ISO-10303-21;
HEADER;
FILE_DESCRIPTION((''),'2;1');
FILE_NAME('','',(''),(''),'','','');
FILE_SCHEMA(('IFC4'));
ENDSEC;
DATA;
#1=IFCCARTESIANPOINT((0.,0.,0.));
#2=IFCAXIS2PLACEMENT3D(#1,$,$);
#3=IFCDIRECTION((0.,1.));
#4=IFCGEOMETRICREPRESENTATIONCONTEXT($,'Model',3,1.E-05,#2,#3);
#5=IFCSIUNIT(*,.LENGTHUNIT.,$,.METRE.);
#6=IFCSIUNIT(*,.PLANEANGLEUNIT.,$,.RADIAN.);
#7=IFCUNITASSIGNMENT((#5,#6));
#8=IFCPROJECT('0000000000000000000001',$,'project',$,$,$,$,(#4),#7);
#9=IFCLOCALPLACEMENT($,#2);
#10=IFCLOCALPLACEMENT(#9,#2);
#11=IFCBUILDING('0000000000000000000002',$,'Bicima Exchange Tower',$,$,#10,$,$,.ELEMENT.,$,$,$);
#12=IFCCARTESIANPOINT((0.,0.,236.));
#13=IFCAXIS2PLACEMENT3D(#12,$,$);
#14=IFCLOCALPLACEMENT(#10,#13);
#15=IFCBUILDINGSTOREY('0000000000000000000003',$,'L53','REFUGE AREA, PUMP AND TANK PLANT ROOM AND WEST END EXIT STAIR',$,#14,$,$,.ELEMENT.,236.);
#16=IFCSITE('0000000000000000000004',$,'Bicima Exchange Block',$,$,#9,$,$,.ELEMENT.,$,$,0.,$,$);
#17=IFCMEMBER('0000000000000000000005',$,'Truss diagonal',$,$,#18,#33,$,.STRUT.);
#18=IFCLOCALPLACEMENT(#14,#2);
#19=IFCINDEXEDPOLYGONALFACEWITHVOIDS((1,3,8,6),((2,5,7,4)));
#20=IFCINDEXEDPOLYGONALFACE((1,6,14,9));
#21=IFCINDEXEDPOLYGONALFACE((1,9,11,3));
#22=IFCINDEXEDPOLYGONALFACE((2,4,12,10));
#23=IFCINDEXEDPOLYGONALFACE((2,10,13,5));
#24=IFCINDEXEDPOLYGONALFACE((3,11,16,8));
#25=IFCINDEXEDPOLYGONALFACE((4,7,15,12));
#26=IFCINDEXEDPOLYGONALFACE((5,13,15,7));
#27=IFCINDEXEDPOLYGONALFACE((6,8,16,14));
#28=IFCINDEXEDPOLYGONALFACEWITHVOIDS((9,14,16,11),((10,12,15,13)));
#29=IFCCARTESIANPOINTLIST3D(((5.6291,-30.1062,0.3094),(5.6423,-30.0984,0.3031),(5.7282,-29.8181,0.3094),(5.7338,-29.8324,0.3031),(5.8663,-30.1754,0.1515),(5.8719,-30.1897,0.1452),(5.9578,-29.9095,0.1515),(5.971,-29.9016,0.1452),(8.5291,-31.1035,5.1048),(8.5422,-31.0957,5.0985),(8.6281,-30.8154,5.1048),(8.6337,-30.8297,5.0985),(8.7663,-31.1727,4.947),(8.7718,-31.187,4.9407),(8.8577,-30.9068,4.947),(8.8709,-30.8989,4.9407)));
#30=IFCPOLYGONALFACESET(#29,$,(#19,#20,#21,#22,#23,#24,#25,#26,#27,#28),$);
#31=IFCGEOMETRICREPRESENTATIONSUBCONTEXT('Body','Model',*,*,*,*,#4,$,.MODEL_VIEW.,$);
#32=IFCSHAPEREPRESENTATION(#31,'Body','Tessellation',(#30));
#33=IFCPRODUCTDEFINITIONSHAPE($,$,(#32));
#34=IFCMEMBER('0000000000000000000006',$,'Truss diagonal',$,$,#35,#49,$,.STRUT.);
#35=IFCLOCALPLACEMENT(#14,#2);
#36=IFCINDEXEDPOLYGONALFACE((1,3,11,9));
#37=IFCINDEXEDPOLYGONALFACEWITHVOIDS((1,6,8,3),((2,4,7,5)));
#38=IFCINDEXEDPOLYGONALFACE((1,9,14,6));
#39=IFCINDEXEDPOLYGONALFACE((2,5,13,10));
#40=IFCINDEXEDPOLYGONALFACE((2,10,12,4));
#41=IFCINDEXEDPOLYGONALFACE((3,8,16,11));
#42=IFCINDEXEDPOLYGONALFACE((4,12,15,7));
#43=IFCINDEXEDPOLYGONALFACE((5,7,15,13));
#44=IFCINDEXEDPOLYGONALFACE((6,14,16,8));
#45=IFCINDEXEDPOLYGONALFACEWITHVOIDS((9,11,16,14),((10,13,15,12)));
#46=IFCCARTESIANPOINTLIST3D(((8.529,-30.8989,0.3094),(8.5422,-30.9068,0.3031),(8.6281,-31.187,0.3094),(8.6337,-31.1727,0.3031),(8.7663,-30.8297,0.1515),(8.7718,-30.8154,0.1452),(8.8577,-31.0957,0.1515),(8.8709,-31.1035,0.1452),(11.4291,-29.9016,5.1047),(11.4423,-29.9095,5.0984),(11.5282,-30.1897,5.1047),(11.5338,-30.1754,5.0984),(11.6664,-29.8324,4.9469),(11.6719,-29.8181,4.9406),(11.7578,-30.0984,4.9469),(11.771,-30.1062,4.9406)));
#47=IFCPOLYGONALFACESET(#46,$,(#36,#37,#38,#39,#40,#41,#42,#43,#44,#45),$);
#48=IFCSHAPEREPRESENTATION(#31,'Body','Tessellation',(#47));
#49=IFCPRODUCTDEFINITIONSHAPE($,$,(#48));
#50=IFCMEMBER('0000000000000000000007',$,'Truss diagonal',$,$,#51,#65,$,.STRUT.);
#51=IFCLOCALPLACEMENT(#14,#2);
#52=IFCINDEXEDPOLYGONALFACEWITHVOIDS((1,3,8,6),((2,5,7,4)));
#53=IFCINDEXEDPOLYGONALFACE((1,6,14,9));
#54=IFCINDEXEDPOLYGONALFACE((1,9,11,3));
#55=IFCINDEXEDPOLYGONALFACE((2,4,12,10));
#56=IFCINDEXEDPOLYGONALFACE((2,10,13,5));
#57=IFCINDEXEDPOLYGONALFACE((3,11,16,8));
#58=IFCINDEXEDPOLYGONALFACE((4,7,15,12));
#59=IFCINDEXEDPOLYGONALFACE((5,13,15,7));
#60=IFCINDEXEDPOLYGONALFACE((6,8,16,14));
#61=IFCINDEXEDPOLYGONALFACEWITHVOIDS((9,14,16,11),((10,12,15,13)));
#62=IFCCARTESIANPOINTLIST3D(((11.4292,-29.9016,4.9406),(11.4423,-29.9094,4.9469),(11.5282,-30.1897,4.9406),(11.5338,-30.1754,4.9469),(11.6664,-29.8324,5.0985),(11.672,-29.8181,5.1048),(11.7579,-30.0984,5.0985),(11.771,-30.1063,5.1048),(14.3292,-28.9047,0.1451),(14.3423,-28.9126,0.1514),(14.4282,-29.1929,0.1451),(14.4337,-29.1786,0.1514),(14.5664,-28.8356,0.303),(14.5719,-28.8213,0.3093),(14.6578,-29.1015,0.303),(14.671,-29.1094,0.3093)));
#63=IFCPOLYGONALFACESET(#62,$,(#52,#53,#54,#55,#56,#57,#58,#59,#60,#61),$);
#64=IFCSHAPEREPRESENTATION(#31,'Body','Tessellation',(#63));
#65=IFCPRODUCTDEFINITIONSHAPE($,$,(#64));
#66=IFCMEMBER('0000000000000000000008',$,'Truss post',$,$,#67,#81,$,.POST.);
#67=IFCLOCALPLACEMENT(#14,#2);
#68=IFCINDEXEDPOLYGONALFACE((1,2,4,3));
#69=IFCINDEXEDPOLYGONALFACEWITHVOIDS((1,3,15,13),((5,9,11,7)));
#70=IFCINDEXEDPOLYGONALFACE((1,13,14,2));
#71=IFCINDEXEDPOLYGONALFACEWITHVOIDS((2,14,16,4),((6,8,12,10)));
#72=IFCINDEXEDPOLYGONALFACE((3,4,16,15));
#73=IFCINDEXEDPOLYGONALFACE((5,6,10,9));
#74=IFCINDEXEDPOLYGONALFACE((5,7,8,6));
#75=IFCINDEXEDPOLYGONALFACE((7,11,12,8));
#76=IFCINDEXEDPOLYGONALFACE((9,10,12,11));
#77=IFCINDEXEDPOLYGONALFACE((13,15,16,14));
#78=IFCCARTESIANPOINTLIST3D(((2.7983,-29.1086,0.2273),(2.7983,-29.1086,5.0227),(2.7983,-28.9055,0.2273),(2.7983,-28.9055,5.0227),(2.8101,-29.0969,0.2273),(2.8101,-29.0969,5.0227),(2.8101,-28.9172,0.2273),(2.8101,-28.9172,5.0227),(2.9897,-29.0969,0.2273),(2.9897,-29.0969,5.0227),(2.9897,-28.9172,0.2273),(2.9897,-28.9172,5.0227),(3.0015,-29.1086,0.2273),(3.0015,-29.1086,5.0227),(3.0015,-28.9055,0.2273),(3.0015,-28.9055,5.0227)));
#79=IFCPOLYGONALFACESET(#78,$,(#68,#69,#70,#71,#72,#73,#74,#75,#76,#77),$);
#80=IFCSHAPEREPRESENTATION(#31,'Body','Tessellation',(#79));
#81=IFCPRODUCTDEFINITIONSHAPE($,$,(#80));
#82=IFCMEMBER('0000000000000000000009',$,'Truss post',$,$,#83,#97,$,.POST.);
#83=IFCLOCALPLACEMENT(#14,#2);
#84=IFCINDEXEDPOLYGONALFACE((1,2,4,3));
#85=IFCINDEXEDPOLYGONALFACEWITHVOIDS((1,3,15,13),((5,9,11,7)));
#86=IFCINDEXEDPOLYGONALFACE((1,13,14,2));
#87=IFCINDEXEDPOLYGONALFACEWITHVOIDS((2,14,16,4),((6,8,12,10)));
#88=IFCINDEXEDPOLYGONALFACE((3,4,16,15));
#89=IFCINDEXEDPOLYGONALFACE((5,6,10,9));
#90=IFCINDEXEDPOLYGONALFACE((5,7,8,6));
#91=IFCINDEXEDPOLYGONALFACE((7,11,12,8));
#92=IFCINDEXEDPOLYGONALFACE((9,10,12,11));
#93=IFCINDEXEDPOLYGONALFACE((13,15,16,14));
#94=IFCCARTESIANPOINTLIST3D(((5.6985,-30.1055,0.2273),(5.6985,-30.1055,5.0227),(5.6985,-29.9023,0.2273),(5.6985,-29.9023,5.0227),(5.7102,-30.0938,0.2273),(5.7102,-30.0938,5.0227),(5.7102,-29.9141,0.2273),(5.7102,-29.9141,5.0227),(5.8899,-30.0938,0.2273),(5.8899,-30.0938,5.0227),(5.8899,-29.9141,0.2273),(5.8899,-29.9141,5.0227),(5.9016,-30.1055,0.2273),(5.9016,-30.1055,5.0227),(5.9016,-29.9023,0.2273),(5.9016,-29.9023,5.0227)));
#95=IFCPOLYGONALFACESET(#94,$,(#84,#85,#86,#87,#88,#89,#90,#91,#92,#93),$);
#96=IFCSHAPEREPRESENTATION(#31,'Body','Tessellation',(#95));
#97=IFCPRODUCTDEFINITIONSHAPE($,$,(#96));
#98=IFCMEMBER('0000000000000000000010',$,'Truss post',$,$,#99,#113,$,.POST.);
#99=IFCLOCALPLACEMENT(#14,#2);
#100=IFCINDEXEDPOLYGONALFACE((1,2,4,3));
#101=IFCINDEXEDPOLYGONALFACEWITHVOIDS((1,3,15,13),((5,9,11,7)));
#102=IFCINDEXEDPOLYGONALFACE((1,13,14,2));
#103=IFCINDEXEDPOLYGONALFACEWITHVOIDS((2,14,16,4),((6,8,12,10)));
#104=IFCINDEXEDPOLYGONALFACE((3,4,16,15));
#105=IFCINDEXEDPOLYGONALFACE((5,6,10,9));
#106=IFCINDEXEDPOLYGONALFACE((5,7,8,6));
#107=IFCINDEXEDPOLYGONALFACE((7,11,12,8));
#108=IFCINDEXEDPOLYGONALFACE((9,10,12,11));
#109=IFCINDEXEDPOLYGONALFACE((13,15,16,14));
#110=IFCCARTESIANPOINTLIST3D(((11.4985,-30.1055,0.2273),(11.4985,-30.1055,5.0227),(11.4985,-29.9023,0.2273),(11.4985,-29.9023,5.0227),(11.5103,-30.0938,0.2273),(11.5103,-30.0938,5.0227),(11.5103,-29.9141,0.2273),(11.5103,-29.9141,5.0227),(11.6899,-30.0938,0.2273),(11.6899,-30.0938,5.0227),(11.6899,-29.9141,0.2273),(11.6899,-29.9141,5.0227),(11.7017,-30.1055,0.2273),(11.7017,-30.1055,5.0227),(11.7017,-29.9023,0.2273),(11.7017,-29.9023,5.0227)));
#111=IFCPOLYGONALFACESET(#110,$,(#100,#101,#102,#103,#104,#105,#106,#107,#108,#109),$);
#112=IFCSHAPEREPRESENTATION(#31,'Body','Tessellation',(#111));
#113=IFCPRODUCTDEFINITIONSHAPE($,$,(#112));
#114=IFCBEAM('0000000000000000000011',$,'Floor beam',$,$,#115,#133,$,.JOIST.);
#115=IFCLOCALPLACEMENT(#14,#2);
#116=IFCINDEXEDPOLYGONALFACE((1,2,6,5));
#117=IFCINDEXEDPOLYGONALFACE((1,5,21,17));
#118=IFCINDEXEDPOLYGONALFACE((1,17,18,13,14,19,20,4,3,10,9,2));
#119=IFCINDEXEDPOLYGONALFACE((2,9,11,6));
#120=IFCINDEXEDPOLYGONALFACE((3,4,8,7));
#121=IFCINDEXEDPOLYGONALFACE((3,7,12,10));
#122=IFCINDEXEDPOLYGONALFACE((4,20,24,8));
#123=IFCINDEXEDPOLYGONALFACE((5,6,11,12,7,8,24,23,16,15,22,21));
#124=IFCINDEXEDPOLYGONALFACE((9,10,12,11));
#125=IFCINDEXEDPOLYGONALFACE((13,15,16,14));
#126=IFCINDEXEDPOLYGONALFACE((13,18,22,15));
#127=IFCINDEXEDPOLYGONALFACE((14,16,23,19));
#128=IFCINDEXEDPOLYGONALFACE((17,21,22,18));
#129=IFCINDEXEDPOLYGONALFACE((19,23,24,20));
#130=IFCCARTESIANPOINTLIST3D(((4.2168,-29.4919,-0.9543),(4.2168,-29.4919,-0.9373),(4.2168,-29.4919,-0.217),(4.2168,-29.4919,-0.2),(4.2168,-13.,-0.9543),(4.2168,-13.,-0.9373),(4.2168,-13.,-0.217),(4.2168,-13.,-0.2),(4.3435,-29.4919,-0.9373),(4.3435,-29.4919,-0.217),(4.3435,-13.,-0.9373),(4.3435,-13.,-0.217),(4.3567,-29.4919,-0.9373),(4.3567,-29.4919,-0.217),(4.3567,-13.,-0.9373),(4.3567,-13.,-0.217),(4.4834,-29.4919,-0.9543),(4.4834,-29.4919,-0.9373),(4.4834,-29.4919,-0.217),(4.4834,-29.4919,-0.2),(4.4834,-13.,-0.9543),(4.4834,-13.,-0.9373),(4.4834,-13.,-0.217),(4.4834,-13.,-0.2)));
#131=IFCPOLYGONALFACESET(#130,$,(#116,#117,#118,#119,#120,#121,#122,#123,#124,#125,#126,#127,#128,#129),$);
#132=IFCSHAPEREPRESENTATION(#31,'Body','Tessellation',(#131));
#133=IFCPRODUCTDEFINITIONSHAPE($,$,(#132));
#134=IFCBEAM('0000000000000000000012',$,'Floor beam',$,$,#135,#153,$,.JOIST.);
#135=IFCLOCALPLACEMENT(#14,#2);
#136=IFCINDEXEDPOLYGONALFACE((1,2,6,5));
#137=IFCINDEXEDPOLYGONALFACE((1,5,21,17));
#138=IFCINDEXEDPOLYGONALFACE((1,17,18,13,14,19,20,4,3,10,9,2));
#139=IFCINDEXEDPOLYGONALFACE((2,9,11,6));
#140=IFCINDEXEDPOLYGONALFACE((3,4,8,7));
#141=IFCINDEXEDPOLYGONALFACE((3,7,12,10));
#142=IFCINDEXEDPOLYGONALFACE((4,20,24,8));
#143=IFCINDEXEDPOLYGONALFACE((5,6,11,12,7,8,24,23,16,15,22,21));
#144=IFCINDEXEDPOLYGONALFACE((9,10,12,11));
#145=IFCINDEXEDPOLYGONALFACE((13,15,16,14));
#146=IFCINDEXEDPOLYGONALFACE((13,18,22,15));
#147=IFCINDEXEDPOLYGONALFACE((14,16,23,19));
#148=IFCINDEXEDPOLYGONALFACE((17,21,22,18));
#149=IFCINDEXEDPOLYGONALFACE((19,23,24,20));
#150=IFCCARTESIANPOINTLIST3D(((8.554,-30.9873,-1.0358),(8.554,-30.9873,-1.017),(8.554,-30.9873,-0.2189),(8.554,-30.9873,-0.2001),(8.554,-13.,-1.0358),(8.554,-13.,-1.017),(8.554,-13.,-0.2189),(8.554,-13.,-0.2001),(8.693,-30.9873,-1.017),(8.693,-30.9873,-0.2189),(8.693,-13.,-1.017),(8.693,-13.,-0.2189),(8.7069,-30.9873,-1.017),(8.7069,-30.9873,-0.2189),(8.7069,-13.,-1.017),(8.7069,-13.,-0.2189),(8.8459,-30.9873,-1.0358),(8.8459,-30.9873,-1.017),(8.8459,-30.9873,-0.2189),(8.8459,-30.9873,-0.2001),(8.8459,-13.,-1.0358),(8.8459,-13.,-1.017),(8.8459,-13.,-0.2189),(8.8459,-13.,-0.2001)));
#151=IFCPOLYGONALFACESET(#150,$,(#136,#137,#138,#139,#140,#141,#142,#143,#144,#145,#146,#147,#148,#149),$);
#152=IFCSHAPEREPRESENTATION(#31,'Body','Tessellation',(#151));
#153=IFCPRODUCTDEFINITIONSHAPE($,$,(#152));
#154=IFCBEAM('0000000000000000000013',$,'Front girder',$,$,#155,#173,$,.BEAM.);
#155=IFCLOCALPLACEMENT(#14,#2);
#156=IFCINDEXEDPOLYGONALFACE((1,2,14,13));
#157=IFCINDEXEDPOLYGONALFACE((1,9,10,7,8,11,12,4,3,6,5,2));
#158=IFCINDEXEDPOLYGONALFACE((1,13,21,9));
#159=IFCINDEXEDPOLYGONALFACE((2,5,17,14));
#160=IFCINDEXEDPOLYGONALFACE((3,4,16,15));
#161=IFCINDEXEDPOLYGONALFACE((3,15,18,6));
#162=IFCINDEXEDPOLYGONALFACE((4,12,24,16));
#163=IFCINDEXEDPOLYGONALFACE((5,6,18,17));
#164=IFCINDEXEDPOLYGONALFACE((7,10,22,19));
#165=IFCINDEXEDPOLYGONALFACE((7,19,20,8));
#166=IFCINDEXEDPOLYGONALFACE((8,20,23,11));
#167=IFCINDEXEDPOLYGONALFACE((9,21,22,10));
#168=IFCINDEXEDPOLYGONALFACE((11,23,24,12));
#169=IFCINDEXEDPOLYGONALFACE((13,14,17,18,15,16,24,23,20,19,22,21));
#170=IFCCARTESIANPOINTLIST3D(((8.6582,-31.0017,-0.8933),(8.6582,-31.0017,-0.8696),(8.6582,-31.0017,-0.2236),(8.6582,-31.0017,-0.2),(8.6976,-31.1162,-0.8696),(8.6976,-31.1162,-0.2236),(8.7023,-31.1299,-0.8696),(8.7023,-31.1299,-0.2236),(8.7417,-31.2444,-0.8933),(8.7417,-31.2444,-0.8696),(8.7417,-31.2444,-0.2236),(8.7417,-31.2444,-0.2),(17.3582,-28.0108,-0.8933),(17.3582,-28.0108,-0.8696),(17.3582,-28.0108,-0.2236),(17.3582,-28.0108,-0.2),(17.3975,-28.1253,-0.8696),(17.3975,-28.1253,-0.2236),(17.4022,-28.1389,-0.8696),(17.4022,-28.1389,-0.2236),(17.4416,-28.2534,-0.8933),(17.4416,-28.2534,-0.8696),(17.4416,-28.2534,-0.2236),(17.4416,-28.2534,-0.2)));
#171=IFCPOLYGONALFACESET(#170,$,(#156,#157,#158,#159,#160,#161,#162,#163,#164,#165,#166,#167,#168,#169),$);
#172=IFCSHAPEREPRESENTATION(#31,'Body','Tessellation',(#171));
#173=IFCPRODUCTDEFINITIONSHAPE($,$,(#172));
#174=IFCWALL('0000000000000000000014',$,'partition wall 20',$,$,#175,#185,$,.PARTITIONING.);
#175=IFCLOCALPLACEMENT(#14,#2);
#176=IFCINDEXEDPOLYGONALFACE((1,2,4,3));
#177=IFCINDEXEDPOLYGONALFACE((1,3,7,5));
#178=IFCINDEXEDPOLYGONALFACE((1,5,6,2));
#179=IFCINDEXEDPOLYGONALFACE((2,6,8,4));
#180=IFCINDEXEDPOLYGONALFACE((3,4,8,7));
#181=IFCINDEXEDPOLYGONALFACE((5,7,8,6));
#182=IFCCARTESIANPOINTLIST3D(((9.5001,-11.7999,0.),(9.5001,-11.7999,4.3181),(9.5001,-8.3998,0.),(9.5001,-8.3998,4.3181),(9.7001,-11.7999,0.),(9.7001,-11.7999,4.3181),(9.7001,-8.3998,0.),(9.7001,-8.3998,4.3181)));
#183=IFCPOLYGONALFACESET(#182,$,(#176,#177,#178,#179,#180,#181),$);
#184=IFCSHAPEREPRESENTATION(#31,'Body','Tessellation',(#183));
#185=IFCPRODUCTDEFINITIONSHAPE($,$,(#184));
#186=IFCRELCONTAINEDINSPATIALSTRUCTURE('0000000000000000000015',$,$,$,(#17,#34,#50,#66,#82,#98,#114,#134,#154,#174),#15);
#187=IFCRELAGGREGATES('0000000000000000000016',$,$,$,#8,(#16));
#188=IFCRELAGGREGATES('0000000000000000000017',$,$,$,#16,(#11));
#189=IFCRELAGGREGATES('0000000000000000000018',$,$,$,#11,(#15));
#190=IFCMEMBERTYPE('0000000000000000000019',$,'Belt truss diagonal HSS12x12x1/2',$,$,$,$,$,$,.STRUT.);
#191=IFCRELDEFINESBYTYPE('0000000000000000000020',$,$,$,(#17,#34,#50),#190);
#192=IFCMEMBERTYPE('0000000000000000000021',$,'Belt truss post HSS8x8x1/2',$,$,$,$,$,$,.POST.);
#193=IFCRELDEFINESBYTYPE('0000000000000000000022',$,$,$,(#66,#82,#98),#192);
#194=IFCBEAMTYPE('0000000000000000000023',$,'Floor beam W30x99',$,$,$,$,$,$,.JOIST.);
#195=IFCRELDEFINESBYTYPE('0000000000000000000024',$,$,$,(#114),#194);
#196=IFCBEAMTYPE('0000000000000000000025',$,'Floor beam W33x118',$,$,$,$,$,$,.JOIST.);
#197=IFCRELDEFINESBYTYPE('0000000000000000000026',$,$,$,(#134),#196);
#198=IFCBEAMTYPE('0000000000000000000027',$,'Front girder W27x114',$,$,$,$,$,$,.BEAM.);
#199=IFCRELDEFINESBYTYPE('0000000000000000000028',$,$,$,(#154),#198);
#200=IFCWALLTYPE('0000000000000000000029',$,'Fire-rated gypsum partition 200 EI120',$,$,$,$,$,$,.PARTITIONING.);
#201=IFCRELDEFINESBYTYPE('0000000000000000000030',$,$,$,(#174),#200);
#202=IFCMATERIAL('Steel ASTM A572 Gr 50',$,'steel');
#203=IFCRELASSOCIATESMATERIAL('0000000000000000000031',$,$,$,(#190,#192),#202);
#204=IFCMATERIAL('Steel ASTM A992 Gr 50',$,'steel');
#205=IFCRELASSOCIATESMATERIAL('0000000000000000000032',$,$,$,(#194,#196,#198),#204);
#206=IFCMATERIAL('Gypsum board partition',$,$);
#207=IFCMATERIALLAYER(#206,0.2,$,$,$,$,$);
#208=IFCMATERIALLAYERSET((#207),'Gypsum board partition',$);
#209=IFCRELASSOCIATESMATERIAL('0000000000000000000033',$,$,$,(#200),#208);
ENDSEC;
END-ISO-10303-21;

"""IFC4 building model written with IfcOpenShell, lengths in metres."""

from ifc_helpers import new_model, si_unit, direction, frame, frame_2d, origin, origin_2d, place, context, subcontext, project, spatial, rectangle, hollow_rectangle, i_section, extrude, material, layer, layer_set, material_profile, profile_set, type_object, element, save


model = new_model("IFC4")

# Units and contexts
model_context = context("Model", 3, precision=1e-05, world=origin(), true_north=direction((0.0, 1.0)))
body_context = subcontext(model_context, "Body", "Model", "MODEL_VIEW")
ifc_project = project(units=[si_unit("LENGTHUNIT", "METRE"), si_unit("PLANEANGLEUNIT", "RADIAN")], contexts=[model_context])

# Site, building, storey
site_placement = place(None, origin())
site = spatial("IfcSite", under=ifc_project, at=site_placement, Name="Bicima Exchange Block", CompositionType="ELEMENT", RefElevation=0.0)
building_placement = place(site_placement, origin())
building = spatial("IfcBuilding", under=site, at=building_placement, Name="Bicima Exchange Tower", CompositionType="ELEMENT")
storey_placement = place(building_placement, frame((0.0, 0.0, 236.0)))
storey = spatial("IfcBuildingStorey", under=building, at=storey_placement, Name="L53", Description="REFUGE AREA, PUMP AND TANK PLANT ROOM AND WEST END EXIT STAIR", CompositionType="ELEMENT", Elevation=236.0)

# Shared definitions
ifc_material_1 = material(Name="Steel ASTM A992 Gr 50", Category="steel")

# Members
ifc_material_2 = material(Name="Steel ASTM A572 Gr 50", Category="steel")
ifc_material_profile_1 = material_profile(ifc_material_2, hollow_rectangle(XDim=0.3047, YDim=0.3047, WallThickness=0.0117, at=origin_2d()))
ifc_profile_set_1 = profile_set([ifc_material_profile_1], Name="Steel ASTM A572 Gr 50")
member_type_1 = type_object("IfcMemberType", Name="Belt truss diagonal HSS12x12x1/2", PredefinedType="STRUT", material=ifc_profile_set_1)
for number, where, z_axis, x_axis, name in (
    (1, (5.8, -30.0039, 0.2273), (0.509461, -0.17521, 0.842467), (0.325218, 0.945639, 0.0), "Truss diagonal"),
    (2, (8.7, -31.0012, 0.2273), (0.509492, 0.175206, 0.842449), (-0.325193, 0.945648, 0.0), "Truss diagonal"),
    (3, (11.6001, -30.0039, 5.0227), (0.509468, 0.175127, -0.84248), (-0.325075, 0.945688, 0.0), "Truss diagonal"),
):
    element("IfcMember", number, at=place(storey_placement, frame(where, z_axis=z_axis, x_axis=x_axis)), inside=storey, type_object=member_type_1, Name=name, PredefinedType="STRUT", context=body_context, shape_type="SweptSolid", body=[
        extrude(hollow_rectangle(XDim=0.3047, YDim=0.3047, WallThickness=0.0117, at=origin_2d()), origin(), (0.0, 0.0, 1.0), 5.6921),
    ])
ifc_material_profile_2 = material_profile(ifc_material_2, hollow_rectangle(XDim=0.2031, YDim=0.2031, WallThickness=0.0117, at=origin_2d()))
ifc_profile_set_2 = profile_set([ifc_material_profile_2], Name="Steel ASTM A572 Gr 50")
member_type_2 = type_object("IfcMemberType", Name="Belt truss post HSS8x8x1/2", PredefinedType="POST", material=ifc_profile_set_2)
for number, where, z_axis, x_axis, name in (
    (4, (2.8999, -29.0071, 0.2273), (0.0, 0.0, 1.0), (1.0, 0.0, 0.0), "Truss post"),
    (5, (5.8, -30.0039, 0.2273), (0.0, 0.0, 1.0), (1.0, 0.0, 0.0), "Truss post"),
    (6, (11.6001, -30.0039, 0.2273), (0.0, 0.0, 1.0), (1.0, 0.0, 0.0), "Truss post"),
):
    element("IfcMember", number, at=place(storey_placement, frame(where, z_axis=z_axis, x_axis=x_axis)), inside=storey, type_object=member_type_2, Name=name, PredefinedType="POST", context=body_context, shape_type="SweptSolid", body=[
        extrude(hollow_rectangle(XDim=0.2031, YDim=0.2031, WallThickness=0.0117, at=origin_2d()), origin(), (0.0, 0.0, 1.0), 4.7954),
    ])

# Beams
ifc_material_profile_3 = material_profile(ifc_material_1, i_section(OverallWidth=0.2666, OverallDepth=0.7544, WebThickness=0.0132, FlangeThickness=0.0171, at=origin_2d()))
ifc_profile_set_3 = profile_set([ifc_material_profile_3], Name="Steel ASTM A992 Gr 50")
beam_type_1 = type_object("IfcBeamType", Name="Floor beam W30x99", PredefinedType="JOIST", material=ifc_profile_set_3)
beam_1_placement = place(storey_placement, frame((4.3501, -13.0, -0.5771), z_axis=(0.0, -1.0, 0.0), x_axis=(1.0, 0.0, 0.0)))
element("IfcBeam", 7, at=beam_1_placement, inside=storey, type_object=beam_type_1, Name="Floor beam", PredefinedType="JOIST", context=body_context, shape_type="SweptSolid", body=[
    extrude(i_section(OverallWidth=0.2666, OverallDepth=0.7544, WebThickness=0.0132, FlangeThickness=0.0171, at=origin_2d()), origin(), (0.0, 0.0, 1.0), 16.4919),
])
ifc_material_profile_4 = material_profile(ifc_material_1, i_section(OverallWidth=0.292, OverallDepth=0.8357, WebThickness=0.0139, FlangeThickness=0.0188, at=origin_2d()))
ifc_profile_set_4 = profile_set([ifc_material_profile_4], Name="Steel ASTM A992 Gr 50")
beam_type_2 = type_object("IfcBeamType", Name="Floor beam W33x118", PredefinedType="JOIST", material=ifc_profile_set_4)
beam_2_placement = place(storey_placement, frame((8.7, -13.0, -0.6179), z_axis=(0.0, -1.0, 0.0), x_axis=(1.0, 0.0, 0.0)))
element("IfcBeam", 8, at=beam_2_placement, inside=storey, type_object=beam_type_2, Name="Floor beam", PredefinedType="JOIST", context=body_context, shape_type="SweptSolid", body=[
    extrude(i_section(OverallWidth=0.292, OverallDepth=0.8357, WebThickness=0.0139, FlangeThickness=0.0188, at=origin_2d()), origin(), (0.0, 0.0, 1.0), 17.9873),
])
ifc_material_profile_5 = material_profile(ifc_material_1, i_section(OverallWidth=0.2566, OverallDepth=0.6934, WebThickness=0.0144, FlangeThickness=0.0237, at=origin_2d()))
ifc_profile_set_5 = profile_set([ifc_material_profile_5], Name="Steel ASTM A992 Gr 50")
beam_type_3 = type_object("IfcBeamType", Name="Front girder W27x114", PredefinedType="BEAM", material=ifc_profile_set_5)
beam_3_placement = place(storey_placement, frame((8.7, -31.123, -0.5466), z_axis=(0.945675, 0.325115, 0.0), x_axis=(-0.325115, 0.945675, 0.0)))
element("IfcBeam", 9, at=beam_3_placement, inside=storey, type_object=beam_type_3, Name="Front girder", PredefinedType="BEAM", context=body_context, shape_type="SweptSolid", body=[
    extrude(i_section(OverallWidth=0.2566, OverallDepth=0.6934, WebThickness=0.0144, FlangeThickness=0.0237, at=origin_2d()), origin(), (0.0, 0.0, 1.0), 9.1997),
])

# Wall
ifc_material_3 = material(Name="Gypsum board partition")
ifc_layer_1 = layer(ifc_material_3, 0.2)
ifc_layer_set_1 = layer_set([ifc_layer_1], Name="Gypsum board partition")
wall_type_1 = type_object("IfcWallType", Name="Fire-rated gypsum partition 200 EI120", PredefinedType="PARTITIONING", material=ifc_layer_set_1)
wall_1_placement = place(storey_placement, frame((9.6001, -11.8, 0.0), z_axis=(0.0, 0.0, 1.0), x_axis=(0.0, 1.0, 0.0)))
element("IfcWall", 10, at=wall_1_placement, inside=storey, type_object=wall_type_1, Name="partition wall 20", PredefinedType="PARTITIONING", context=body_context, shape_type="SweptSolid", body=[
    extrude(rectangle(XDim=3.4001, YDim=0.2, at=frame_2d((1.7002, 0.0))), origin(), (0.0, 0.0, 1.0), 4.3181),
])

save(model, "model.ifc")
